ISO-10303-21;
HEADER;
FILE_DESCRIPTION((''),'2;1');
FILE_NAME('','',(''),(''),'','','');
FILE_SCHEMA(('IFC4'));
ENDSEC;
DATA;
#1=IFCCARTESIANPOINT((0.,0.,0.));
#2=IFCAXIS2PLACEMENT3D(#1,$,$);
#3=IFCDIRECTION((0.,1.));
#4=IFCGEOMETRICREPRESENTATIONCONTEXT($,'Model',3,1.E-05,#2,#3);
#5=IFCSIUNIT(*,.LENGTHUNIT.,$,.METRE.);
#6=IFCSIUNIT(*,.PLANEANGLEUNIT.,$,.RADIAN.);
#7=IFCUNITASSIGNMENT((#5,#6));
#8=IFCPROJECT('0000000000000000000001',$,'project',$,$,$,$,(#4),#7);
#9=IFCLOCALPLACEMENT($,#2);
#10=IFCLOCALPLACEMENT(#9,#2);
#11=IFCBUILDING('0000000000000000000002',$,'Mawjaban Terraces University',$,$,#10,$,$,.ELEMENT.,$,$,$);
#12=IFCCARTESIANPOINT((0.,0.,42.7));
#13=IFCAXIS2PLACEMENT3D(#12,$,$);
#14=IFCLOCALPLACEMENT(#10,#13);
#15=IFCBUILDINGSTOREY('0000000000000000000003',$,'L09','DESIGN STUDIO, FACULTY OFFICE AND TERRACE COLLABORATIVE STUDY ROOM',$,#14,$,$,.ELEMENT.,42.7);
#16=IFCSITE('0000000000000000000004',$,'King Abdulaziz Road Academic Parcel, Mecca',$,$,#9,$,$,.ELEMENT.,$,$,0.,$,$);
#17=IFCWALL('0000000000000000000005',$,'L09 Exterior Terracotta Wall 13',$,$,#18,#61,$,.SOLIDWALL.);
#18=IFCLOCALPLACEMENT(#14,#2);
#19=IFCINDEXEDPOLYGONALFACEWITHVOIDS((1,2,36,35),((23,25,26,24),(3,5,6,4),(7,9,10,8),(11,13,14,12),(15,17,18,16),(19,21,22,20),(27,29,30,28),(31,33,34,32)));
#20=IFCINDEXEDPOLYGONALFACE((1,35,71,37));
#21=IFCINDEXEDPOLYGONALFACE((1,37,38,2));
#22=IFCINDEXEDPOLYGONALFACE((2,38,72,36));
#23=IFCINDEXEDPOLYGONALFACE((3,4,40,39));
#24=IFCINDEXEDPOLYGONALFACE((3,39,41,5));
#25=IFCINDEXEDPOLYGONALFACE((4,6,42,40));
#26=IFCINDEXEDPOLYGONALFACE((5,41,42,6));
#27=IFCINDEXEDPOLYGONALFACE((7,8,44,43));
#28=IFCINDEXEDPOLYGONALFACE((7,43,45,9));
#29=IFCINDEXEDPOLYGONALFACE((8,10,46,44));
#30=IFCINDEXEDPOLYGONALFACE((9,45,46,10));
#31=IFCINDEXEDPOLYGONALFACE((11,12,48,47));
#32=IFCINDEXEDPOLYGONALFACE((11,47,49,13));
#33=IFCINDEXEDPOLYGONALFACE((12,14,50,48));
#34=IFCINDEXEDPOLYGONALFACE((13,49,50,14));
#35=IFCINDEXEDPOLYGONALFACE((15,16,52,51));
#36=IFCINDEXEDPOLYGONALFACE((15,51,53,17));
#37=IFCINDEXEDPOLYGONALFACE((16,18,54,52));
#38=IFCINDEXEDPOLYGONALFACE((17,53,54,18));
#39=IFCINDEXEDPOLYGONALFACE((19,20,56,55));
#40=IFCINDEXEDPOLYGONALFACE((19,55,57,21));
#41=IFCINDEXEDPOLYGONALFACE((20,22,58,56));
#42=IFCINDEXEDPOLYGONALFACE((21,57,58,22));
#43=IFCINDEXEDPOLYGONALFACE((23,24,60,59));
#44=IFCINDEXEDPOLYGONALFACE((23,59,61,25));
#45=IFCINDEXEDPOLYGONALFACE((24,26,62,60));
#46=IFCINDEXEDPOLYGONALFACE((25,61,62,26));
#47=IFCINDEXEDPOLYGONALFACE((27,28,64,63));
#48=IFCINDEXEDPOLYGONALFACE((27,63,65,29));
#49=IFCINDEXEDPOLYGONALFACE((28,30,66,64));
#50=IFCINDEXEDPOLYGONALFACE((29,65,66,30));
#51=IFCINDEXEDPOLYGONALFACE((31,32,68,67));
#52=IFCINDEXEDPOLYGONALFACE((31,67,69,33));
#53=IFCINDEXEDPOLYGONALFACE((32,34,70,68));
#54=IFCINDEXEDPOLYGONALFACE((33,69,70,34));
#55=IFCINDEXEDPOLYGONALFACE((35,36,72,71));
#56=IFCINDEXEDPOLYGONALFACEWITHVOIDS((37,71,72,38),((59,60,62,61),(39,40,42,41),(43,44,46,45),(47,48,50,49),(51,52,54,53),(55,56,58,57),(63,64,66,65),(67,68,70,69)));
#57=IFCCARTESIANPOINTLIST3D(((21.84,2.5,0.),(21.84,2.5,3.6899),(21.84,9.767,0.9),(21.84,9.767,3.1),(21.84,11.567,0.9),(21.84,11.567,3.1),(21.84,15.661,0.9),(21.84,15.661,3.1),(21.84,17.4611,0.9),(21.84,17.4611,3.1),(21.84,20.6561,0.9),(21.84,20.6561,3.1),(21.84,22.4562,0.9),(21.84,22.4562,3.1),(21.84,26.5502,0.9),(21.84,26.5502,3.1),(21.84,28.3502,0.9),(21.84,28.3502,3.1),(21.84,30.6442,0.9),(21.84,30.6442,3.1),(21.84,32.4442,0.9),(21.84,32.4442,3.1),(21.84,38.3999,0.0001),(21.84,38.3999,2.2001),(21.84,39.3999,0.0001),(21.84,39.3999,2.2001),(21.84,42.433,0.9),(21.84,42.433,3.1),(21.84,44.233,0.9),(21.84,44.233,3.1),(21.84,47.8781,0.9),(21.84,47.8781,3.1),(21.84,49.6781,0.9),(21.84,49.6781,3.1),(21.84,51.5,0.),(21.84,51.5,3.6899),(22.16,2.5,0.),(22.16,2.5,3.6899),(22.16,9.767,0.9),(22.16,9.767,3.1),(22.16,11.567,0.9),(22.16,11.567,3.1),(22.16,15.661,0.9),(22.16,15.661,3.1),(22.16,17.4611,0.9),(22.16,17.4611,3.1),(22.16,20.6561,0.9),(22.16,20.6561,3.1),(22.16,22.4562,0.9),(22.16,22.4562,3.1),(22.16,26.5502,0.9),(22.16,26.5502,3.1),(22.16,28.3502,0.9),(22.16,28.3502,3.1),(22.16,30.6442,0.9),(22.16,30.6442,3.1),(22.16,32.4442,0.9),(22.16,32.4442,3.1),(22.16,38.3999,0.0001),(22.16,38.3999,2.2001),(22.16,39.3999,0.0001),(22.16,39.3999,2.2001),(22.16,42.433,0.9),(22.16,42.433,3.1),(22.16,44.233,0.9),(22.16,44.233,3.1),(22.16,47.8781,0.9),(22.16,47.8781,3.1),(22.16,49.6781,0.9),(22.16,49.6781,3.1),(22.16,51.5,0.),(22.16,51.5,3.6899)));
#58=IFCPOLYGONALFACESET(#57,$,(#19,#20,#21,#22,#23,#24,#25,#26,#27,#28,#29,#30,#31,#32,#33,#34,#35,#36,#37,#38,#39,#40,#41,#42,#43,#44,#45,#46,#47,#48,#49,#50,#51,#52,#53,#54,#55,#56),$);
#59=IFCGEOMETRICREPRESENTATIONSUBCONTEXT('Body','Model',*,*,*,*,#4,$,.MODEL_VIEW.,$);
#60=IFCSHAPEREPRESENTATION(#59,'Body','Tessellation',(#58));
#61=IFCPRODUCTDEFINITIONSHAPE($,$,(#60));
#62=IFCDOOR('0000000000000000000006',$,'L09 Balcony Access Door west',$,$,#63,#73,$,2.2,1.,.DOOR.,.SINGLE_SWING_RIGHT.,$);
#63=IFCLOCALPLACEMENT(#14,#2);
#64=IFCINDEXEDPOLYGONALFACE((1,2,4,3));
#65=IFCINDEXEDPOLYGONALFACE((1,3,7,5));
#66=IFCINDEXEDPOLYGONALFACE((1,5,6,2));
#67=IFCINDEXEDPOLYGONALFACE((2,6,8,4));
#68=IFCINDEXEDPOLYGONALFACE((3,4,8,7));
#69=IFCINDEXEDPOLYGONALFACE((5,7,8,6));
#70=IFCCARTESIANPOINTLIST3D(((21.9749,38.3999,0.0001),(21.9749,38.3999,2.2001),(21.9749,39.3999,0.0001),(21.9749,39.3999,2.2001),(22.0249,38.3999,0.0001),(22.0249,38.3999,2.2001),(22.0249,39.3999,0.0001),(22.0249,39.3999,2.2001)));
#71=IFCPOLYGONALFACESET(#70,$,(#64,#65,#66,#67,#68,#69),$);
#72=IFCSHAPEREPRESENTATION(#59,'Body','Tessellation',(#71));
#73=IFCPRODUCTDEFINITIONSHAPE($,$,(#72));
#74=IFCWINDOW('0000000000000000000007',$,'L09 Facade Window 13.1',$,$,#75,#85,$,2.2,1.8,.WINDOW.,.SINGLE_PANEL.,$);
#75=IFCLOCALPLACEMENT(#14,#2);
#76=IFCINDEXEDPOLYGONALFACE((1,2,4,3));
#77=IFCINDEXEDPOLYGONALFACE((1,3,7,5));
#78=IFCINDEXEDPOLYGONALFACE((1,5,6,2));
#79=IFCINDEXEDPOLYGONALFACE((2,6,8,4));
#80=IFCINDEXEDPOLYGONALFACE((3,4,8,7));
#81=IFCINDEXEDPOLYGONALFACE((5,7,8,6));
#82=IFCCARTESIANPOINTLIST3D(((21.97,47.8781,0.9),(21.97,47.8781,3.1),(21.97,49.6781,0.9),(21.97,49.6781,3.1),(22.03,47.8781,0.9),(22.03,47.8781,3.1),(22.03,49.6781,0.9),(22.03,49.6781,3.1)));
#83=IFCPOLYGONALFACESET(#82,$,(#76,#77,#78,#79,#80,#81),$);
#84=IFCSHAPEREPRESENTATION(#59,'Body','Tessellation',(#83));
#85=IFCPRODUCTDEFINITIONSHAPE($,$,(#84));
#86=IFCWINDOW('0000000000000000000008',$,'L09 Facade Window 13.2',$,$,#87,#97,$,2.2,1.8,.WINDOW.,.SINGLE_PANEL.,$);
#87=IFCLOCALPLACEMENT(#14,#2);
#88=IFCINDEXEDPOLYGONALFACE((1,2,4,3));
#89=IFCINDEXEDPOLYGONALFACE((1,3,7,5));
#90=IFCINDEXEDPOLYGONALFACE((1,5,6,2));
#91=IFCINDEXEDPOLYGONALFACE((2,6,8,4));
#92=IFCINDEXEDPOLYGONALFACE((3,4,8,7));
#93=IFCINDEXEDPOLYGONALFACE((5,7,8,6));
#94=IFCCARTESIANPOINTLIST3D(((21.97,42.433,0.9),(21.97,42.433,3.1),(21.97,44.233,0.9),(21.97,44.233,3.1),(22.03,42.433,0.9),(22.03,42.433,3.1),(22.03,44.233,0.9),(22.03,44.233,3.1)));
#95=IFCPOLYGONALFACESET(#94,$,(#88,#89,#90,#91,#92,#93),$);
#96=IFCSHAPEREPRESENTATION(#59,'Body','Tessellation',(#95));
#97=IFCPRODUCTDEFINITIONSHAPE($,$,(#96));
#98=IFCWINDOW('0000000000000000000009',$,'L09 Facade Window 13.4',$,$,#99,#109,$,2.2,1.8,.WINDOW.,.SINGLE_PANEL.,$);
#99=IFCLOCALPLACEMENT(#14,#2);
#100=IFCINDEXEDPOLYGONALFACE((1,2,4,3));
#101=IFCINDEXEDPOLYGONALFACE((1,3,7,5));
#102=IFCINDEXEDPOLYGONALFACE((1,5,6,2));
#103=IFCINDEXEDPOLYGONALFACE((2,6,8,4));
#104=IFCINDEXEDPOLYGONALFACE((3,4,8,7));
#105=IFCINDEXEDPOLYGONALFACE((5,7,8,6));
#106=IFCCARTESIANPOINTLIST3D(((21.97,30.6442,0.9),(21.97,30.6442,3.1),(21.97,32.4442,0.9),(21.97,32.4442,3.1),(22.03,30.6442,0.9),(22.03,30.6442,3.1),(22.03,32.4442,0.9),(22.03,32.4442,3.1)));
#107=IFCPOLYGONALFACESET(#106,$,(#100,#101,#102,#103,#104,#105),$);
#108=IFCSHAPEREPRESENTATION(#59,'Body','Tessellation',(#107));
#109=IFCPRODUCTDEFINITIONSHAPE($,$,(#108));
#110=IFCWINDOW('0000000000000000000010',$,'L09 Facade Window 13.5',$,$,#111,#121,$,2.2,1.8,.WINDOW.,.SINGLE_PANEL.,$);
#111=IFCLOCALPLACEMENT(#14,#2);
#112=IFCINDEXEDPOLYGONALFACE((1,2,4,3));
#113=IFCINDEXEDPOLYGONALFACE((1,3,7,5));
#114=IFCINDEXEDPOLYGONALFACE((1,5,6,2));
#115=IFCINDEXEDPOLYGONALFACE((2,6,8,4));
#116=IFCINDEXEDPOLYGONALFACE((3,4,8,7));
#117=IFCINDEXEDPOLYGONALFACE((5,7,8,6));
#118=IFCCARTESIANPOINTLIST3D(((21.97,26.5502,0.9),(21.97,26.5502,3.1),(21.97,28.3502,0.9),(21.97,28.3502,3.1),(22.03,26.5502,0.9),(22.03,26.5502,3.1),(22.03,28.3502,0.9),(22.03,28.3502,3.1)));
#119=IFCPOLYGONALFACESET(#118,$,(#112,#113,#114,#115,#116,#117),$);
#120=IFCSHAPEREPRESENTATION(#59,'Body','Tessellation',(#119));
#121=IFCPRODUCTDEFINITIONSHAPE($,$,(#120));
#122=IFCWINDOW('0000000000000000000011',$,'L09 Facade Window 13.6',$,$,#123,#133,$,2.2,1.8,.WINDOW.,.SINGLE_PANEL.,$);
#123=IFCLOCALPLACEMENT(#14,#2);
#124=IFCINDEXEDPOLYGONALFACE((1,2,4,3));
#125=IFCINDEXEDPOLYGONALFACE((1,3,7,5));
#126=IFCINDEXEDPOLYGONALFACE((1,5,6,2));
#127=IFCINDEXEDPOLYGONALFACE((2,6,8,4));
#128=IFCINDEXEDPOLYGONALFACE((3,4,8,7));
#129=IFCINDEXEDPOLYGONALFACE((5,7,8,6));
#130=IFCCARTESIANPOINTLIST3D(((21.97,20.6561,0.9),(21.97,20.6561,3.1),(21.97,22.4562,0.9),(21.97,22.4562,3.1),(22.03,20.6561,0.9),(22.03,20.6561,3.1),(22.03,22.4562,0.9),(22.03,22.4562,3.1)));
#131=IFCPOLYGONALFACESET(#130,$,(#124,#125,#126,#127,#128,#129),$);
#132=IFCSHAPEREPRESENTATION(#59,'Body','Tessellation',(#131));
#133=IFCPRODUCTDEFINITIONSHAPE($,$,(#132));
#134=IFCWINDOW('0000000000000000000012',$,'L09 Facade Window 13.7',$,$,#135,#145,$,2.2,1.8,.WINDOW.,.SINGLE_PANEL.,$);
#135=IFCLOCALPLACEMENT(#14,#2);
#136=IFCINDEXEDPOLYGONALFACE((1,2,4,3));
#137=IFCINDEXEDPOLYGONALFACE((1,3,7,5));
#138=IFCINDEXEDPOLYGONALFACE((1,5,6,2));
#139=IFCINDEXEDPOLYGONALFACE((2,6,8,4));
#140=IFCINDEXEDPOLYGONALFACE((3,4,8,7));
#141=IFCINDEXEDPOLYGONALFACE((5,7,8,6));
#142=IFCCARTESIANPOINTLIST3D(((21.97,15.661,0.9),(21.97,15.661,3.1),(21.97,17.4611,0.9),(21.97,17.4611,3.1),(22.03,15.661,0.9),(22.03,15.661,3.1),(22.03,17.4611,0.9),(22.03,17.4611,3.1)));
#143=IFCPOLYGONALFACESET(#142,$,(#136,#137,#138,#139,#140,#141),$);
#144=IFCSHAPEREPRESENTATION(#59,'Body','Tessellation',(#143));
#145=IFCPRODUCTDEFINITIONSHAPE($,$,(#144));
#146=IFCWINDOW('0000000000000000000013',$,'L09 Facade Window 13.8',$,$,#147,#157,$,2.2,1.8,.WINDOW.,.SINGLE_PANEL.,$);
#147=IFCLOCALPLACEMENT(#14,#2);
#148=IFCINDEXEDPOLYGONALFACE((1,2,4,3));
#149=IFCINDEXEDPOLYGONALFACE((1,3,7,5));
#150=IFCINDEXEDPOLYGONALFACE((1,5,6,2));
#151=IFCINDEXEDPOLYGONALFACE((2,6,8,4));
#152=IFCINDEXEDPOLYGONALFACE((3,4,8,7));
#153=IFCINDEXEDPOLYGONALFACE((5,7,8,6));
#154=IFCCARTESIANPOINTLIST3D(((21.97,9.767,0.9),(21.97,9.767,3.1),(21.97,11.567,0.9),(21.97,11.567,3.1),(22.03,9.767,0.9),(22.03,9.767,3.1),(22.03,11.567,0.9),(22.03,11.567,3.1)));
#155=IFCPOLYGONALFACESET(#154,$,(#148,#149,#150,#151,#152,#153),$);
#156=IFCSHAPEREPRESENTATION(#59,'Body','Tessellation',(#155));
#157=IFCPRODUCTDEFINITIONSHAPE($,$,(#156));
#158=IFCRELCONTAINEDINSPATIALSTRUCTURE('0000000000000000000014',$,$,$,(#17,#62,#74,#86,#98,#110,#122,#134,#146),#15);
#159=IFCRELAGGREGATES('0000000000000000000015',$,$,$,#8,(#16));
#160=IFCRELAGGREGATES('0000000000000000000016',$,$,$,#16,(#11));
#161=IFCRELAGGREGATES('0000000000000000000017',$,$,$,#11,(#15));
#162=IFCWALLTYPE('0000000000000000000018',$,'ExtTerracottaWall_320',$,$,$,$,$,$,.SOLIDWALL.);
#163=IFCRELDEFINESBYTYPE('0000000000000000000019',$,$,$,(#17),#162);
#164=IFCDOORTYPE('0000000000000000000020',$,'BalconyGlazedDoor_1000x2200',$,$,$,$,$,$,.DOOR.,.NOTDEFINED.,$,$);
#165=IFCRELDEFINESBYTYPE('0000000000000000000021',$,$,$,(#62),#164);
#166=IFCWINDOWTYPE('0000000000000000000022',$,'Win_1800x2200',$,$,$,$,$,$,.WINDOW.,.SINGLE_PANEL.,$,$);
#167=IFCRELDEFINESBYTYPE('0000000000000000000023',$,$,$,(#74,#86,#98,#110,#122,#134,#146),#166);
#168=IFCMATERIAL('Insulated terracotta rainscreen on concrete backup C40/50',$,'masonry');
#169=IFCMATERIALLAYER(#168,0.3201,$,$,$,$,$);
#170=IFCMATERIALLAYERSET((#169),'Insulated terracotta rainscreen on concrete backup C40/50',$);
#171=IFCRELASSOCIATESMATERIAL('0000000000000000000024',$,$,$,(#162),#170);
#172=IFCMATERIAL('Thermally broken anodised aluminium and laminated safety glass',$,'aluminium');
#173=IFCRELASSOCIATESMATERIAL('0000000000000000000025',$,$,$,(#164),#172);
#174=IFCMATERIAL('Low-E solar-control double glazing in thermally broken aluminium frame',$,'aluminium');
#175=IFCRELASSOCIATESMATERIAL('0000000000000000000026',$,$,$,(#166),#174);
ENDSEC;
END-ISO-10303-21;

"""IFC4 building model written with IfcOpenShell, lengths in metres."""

from ifc_helpers import new_model, si_unit, direction, frame, frame_2d, origin, place, context, subcontext, project, spatial, rectangle, extrude, material, layer, layer_set, type_object, element, fill, save


model = new_model("IFC4")

# Units and contexts
model_context = context("Model", 3, precision=1e-05, world=origin(), true_north=direction((0.0, 1.0)))
body_context = subcontext(model_context, "Body", "Model", "MODEL_VIEW")
ifc_project = project(units=[si_unit("LENGTHUNIT", "METRE"), si_unit("PLANEANGLEUNIT", "RADIAN")], contexts=[model_context])

# Site, building, storey
site_placement = place(None, origin())
site = spatial("IfcSite", under=ifc_project, at=site_placement, Name="King Abdulaziz Road Academic Parcel, Mecca", CompositionType="ELEMENT", RefElevation=0.0)
building_placement = place(site_placement, origin())
building = spatial("IfcBuilding", under=site, at=building_placement, Name="Mawjaban Terraces University", CompositionType="ELEMENT")
storey_placement = place(building_placement, frame((0.0, 0.0, 42.7)))
storey = spatial("IfcBuildingStorey", under=building, at=storey_placement, Name="L09", Description="DESIGN STUDIO, FACULTY OFFICE AND TERRACE COLLABORATIVE STUDY ROOM", CompositionType="ELEMENT", Elevation=42.7)

# Shared definitions
ifc_material_1 = material(Name="Insulated terracotta rainscreen on concrete backup C40/50", Category="masonry")
ifc_layer_1 = layer(ifc_material_1, 0.3201)
ifc_layer_set_1 = layer_set([ifc_layer_1], Name="Insulated terracotta rainscreen on concrete backup C40/50")
wall_type_1 = type_object("IfcWallType", Name="ExtTerracottaWall_320", PredefinedType="SOLIDWALL", material=ifc_layer_set_1)

# Wall, openings, door, windows
wall_1_placement = place(storey_placement, frame((22.0, 51.5, 0.0), z_axis=(0.0, 0.0, 1.0), x_axis=(0.0, -1.0, 0.0)))
wall_1 = element("IfcWall", 1, at=wall_1_placement, inside=storey, type_object=wall_type_1, Name="L09 Exterior Terracotta Wall 13", PredefinedType="SOLIDWALL", context=body_context, shape_type="SweptSolid", body=[
    extrude(rectangle(XDim=49.0, YDim=0.3201, at=frame_2d((24.5, 0.0))), origin(), (0.0, 0.0, 1.0), 3.6899),
])
opening_1_placement = place(wall_1_placement, frame((12.1001, 0.0, 0.0)))
opening_1 = element("IfcOpeningElement", 2, at=opening_1_placement, cuts=wall_1, PredefinedType="OPENING", context=body_context, shape_type="SweptSolid", body=[
    extrude(rectangle(XDim=1.0, YDim=2.2, at=frame_2d((0.5, 1.1001))), frame((0.0, 0.1699, 0.0), z_axis=(0.0, -1.0, 0.0), x_axis=(1.0, 0.0, 0.0)), (0.0, 0.0, 1.0), 0.3401),
])
opening_2_placement = place(wall_1_placement, frame((1.822, 0.0, 0.8999)))
opening_2 = element("IfcOpeningElement", 3, at=opening_2_placement, cuts=wall_1, PredefinedType="OPENING", context=body_context, shape_type="SweptSolid", body=[
    extrude(rectangle(XDim=1.8, YDim=2.2, at=frame_2d((0.8999, 1.1001))), frame((0.0, 0.1699, 0.0), z_axis=(0.0, -1.0, 0.0), x_axis=(1.0, 0.0, 0.0)), (0.0, 0.0, 1.0), 0.3401),
])
opening_3_placement = place(wall_1_placement, frame((7.2671, 0.0, 0.8999)))
opening_3 = element("IfcOpeningElement", 4, at=opening_3_placement, cuts=wall_1, PredefinedType="OPENING", context=body_context, shape_type="SweptSolid", body=[
    extrude(rectangle(XDim=1.8, YDim=2.2, at=frame_2d((0.8999, 1.1001))), frame((0.0, 0.1699, 0.0), z_axis=(0.0, -1.0, 0.0), x_axis=(1.0, 0.0, 0.0)), (0.0, 0.0, 1.0), 0.3401),
])
opening_4_placement = place(wall_1_placement, frame((19.0559, 0.0, 0.8999)))
opening_4 = element("IfcOpeningElement", 5, at=opening_4_placement, cuts=wall_1, PredefinedType="OPENING", context=body_context, shape_type="SweptSolid", body=[
    extrude(rectangle(XDim=1.8, YDim=2.2, at=frame_2d((0.8999, 1.1001))), frame((0.0, 0.1699, 0.0), z_axis=(0.0, -1.0, 0.0), x_axis=(1.0, 0.0, 0.0)), (0.0, 0.0, 1.0), 0.3401),
])
opening_5_placement = place(wall_1_placement, frame((23.1499, 0.0, 0.8999)))
opening_5 = element("IfcOpeningElement", 6, at=opening_5_placement, cuts=wall_1, PredefinedType="OPENING", context=body_context, shape_type="SweptSolid", body=[
    extrude(rectangle(XDim=1.8, YDim=2.2, at=frame_2d((0.8999, 1.1001))), frame((0.0, 0.1699, 0.0), z_axis=(0.0, -1.0, 0.0), x_axis=(1.0, 0.0, 0.0)), (0.0, 0.0, 1.0), 0.3401),
])
opening_6_placement = place(wall_1_placement, frame((29.0439, 0.0, 0.8999)))
opening_6 = element("IfcOpeningElement", 7, at=opening_6_placement, cuts=wall_1, PredefinedType="OPENING", context=body_context, shape_type="SweptSolid", body=[
    extrude(rectangle(XDim=1.8, YDim=2.2, at=frame_2d((0.8999, 1.1001))), frame((0.0, 0.1699, 0.0), z_axis=(0.0, -1.0, 0.0), x_axis=(1.0, 0.0, 0.0)), (0.0, 0.0, 1.0), 0.3401),
])
opening_7_placement = place(wall_1_placement, frame((34.0391, 0.0, 0.8999)))
opening_7 = element("IfcOpeningElement", 8, at=opening_7_placement, cuts=wall_1, PredefinedType="OPENING", context=body_context, shape_type="SweptSolid", body=[
    extrude(rectangle(XDim=1.8, YDim=2.2, at=frame_2d((0.8999, 1.1001))), frame((0.0, 0.1699, 0.0), z_axis=(0.0, -1.0, 0.0), x_axis=(1.0, 0.0, 0.0)), (0.0, 0.0, 1.0), 0.3401),
])
opening_8_placement = place(wall_1_placement, frame((39.9331, 0.0, 0.8999)))
opening_8 = element("IfcOpeningElement", 9, at=opening_8_placement, cuts=wall_1, PredefinedType="OPENING", context=body_context, shape_type="SweptSolid", body=[
    extrude(rectangle(XDim=1.8, YDim=2.2, at=frame_2d((0.8999, 1.1001))), frame((0.0, 0.1699, 0.0), z_axis=(0.0, -1.0, 0.0), x_axis=(1.0, 0.0, 0.0)), (0.0, 0.0, 1.0), 0.3401),
])
ifc_material_2 = material(Name="Thermally broken anodised aluminium and laminated safety glass", Category="aluminium")
door_type_1 = type_object("IfcDoorType", Name="BalconyGlazedDoor_1000x2200", OperationType="NOTDEFINED", PredefinedType="DOOR", material=ifc_material_2)
door_1_placement = place(opening_1_placement, origin())
door_1 = element("IfcDoor", 10, at=door_1_placement, inside=storey, type_object=door_type_1, Name="L09 Balcony Access Door west", OperationType="SINGLE_SWING_RIGHT", OverallHeight=2.2, OverallWidth=1.0, PredefinedType="DOOR", context=body_context, shape_type="SweptSolid", body=[
    extrude(rectangle(XDim=1.0, YDim=2.2, at=frame_2d((0.5, 1.1001))), frame((0.0, 0.0249, 0.0), z_axis=(0.0, -1.0, 0.0), x_axis=(1.0, 0.0, 0.0)), (0.0, 0.0, 1.0), 0.05),
])
fill(opening_1, door_1)
ifc_material_3 = material(Name="Low-E solar-control double glazing in thermally broken aluminium frame", Category="aluminium")
window_type = type_object("IfcWindowType", Name="Win_1800x2200", PartitioningType="SINGLE_PANEL", PredefinedType="WINDOW", material=ifc_material_3)
window_1_placement = place(opening_2_placement, origin())
window_1 = element("IfcWindow", 11, at=window_1_placement, inside=storey, type_object=window_type, Name="L09 Facade Window 13.1", OverallHeight=2.2, OverallWidth=1.8, PartitioningType="SINGLE_PANEL", PredefinedType="WINDOW", context=body_context, shape_type="SweptSolid", body=[
    extrude(rectangle(XDim=1.8, YDim=2.2, at=frame_2d((0.8999, 1.1001))), frame((0.0, 0.03, 0.0), z_axis=(0.0, -1.0, 0.0), x_axis=(1.0, 0.0, 0.0)), (0.0, 0.0, 1.0), 0.0601),
])
fill(opening_2, window_1)
window_2_placement = place(opening_3_placement, origin())
window_2 = element("IfcWindow", 12, at=window_2_placement, inside=storey, type_object=window_type, Name="L09 Facade Window 13.2", OverallHeight=2.2, OverallWidth=1.8, PartitioningType="SINGLE_PANEL", PredefinedType="WINDOW", context=body_context, shape_type="SweptSolid", body=[
    extrude(rectangle(XDim=1.8, YDim=2.2, at=frame_2d((0.8999, 1.1001))), frame((0.0, 0.03, 0.0), z_axis=(0.0, -1.0, 0.0), x_axis=(1.0, 0.0, 0.0)), (0.0, 0.0, 1.0), 0.0601),
])
fill(opening_3, window_2)
window_3_placement = place(opening_4_placement, origin())
window_3 = element("IfcWindow", 13, at=window_3_placement, inside=storey, type_object=window_type, Name="L09 Facade Window 13.4", OverallHeight=2.2, OverallWidth=1.8, PartitioningType="SINGLE_PANEL", PredefinedType="WINDOW", context=body_context, shape_type="SweptSolid", body=[
    extrude(rectangle(XDim=1.8, YDim=2.2, at=frame_2d((0.8999, 1.1001))), frame((0.0, 0.03, 0.0), z_axis=(0.0, -1.0, 0.0), x_axis=(1.0, 0.0, 0.0)), (0.0, 0.0, 1.0), 0.0601),
])
fill(opening_4, window_3)
window_4_placement = place(opening_5_placement, origin())
window_4 = element("IfcWindow", 14, at=window_4_placement, inside=storey, type_object=window_type, Name="L09 Facade Window 13.5", OverallHeight=2.2, OverallWidth=1.8, PartitioningType="SINGLE_PANEL", PredefinedType="WINDOW", context=body_context, shape_type="SweptSolid", body=[
    extrude(rectangle(XDim=1.8, YDim=2.2, at=frame_2d((0.8999, 1.1001))), frame((0.0, 0.03, 0.0), z_axis=(0.0, -1.0, 0.0), x_axis=(1.0, 0.0, 0.0)), (0.0, 0.0, 1.0), 0.0601),
])
fill(opening_5, window_4)
window_5_placement = place(opening_6_placement, origin())
window_5 = element("IfcWindow", 15, at=window_5_placement, inside=storey, type_object=window_type, Name="L09 Facade Window 13.6", OverallHeight=2.2, OverallWidth=1.8, PartitioningType="SINGLE_PANEL", PredefinedType="WINDOW", context=body_context, shape_type="SweptSolid", body=[
    extrude(rectangle(XDim=1.8, YDim=2.2, at=frame_2d((0.8999, 1.1001))), frame((0.0, 0.03, 0.0), z_axis=(0.0, -1.0, 0.0), x_axis=(1.0, 0.0, 0.0)), (0.0, 0.0, 1.0), 0.0601),
])
fill(opening_6, window_5)
window_6_placement = place(opening_7_placement, origin())
window_6 = element("IfcWindow", 16, at=window_6_placement, inside=storey, type_object=window_type, Name="L09 Facade Window 13.7", OverallHeight=2.2, OverallWidth=1.8, PartitioningType="SINGLE_PANEL", PredefinedType="WINDOW", context=body_context, shape_type="SweptSolid", body=[
    extrude(rectangle(XDim=1.8, YDim=2.2, at=frame_2d((0.8999, 1.1001))), frame((0.0, 0.03, 0.0), z_axis=(0.0, -1.0, 0.0), x_axis=(1.0, 0.0, 0.0)), (0.0, 0.0, 1.0), 0.0601),
])
fill(opening_7, window_6)
window_7_placement = place(opening_8_placement, origin())
window_7 = element("IfcWindow", 17, at=window_7_placement, inside=storey, type_object=window_type, Name="L09 Facade Window 13.8", OverallHeight=2.2, OverallWidth=1.8, PartitioningType="SINGLE_PANEL", PredefinedType="WINDOW", context=body_context, shape_type="SweptSolid", body=[
    extrude(rectangle(XDim=1.8, YDim=2.2, at=frame_2d((0.8999, 1.1001))), frame((0.0, 0.03, 0.0), z_axis=(0.0, -1.0, 0.0), x_axis=(1.0, 0.0, 0.0)), (0.0, 0.0, 1.0), 0.0601),
])
fill(opening_8, window_7)

save(model, "model.ifc")
